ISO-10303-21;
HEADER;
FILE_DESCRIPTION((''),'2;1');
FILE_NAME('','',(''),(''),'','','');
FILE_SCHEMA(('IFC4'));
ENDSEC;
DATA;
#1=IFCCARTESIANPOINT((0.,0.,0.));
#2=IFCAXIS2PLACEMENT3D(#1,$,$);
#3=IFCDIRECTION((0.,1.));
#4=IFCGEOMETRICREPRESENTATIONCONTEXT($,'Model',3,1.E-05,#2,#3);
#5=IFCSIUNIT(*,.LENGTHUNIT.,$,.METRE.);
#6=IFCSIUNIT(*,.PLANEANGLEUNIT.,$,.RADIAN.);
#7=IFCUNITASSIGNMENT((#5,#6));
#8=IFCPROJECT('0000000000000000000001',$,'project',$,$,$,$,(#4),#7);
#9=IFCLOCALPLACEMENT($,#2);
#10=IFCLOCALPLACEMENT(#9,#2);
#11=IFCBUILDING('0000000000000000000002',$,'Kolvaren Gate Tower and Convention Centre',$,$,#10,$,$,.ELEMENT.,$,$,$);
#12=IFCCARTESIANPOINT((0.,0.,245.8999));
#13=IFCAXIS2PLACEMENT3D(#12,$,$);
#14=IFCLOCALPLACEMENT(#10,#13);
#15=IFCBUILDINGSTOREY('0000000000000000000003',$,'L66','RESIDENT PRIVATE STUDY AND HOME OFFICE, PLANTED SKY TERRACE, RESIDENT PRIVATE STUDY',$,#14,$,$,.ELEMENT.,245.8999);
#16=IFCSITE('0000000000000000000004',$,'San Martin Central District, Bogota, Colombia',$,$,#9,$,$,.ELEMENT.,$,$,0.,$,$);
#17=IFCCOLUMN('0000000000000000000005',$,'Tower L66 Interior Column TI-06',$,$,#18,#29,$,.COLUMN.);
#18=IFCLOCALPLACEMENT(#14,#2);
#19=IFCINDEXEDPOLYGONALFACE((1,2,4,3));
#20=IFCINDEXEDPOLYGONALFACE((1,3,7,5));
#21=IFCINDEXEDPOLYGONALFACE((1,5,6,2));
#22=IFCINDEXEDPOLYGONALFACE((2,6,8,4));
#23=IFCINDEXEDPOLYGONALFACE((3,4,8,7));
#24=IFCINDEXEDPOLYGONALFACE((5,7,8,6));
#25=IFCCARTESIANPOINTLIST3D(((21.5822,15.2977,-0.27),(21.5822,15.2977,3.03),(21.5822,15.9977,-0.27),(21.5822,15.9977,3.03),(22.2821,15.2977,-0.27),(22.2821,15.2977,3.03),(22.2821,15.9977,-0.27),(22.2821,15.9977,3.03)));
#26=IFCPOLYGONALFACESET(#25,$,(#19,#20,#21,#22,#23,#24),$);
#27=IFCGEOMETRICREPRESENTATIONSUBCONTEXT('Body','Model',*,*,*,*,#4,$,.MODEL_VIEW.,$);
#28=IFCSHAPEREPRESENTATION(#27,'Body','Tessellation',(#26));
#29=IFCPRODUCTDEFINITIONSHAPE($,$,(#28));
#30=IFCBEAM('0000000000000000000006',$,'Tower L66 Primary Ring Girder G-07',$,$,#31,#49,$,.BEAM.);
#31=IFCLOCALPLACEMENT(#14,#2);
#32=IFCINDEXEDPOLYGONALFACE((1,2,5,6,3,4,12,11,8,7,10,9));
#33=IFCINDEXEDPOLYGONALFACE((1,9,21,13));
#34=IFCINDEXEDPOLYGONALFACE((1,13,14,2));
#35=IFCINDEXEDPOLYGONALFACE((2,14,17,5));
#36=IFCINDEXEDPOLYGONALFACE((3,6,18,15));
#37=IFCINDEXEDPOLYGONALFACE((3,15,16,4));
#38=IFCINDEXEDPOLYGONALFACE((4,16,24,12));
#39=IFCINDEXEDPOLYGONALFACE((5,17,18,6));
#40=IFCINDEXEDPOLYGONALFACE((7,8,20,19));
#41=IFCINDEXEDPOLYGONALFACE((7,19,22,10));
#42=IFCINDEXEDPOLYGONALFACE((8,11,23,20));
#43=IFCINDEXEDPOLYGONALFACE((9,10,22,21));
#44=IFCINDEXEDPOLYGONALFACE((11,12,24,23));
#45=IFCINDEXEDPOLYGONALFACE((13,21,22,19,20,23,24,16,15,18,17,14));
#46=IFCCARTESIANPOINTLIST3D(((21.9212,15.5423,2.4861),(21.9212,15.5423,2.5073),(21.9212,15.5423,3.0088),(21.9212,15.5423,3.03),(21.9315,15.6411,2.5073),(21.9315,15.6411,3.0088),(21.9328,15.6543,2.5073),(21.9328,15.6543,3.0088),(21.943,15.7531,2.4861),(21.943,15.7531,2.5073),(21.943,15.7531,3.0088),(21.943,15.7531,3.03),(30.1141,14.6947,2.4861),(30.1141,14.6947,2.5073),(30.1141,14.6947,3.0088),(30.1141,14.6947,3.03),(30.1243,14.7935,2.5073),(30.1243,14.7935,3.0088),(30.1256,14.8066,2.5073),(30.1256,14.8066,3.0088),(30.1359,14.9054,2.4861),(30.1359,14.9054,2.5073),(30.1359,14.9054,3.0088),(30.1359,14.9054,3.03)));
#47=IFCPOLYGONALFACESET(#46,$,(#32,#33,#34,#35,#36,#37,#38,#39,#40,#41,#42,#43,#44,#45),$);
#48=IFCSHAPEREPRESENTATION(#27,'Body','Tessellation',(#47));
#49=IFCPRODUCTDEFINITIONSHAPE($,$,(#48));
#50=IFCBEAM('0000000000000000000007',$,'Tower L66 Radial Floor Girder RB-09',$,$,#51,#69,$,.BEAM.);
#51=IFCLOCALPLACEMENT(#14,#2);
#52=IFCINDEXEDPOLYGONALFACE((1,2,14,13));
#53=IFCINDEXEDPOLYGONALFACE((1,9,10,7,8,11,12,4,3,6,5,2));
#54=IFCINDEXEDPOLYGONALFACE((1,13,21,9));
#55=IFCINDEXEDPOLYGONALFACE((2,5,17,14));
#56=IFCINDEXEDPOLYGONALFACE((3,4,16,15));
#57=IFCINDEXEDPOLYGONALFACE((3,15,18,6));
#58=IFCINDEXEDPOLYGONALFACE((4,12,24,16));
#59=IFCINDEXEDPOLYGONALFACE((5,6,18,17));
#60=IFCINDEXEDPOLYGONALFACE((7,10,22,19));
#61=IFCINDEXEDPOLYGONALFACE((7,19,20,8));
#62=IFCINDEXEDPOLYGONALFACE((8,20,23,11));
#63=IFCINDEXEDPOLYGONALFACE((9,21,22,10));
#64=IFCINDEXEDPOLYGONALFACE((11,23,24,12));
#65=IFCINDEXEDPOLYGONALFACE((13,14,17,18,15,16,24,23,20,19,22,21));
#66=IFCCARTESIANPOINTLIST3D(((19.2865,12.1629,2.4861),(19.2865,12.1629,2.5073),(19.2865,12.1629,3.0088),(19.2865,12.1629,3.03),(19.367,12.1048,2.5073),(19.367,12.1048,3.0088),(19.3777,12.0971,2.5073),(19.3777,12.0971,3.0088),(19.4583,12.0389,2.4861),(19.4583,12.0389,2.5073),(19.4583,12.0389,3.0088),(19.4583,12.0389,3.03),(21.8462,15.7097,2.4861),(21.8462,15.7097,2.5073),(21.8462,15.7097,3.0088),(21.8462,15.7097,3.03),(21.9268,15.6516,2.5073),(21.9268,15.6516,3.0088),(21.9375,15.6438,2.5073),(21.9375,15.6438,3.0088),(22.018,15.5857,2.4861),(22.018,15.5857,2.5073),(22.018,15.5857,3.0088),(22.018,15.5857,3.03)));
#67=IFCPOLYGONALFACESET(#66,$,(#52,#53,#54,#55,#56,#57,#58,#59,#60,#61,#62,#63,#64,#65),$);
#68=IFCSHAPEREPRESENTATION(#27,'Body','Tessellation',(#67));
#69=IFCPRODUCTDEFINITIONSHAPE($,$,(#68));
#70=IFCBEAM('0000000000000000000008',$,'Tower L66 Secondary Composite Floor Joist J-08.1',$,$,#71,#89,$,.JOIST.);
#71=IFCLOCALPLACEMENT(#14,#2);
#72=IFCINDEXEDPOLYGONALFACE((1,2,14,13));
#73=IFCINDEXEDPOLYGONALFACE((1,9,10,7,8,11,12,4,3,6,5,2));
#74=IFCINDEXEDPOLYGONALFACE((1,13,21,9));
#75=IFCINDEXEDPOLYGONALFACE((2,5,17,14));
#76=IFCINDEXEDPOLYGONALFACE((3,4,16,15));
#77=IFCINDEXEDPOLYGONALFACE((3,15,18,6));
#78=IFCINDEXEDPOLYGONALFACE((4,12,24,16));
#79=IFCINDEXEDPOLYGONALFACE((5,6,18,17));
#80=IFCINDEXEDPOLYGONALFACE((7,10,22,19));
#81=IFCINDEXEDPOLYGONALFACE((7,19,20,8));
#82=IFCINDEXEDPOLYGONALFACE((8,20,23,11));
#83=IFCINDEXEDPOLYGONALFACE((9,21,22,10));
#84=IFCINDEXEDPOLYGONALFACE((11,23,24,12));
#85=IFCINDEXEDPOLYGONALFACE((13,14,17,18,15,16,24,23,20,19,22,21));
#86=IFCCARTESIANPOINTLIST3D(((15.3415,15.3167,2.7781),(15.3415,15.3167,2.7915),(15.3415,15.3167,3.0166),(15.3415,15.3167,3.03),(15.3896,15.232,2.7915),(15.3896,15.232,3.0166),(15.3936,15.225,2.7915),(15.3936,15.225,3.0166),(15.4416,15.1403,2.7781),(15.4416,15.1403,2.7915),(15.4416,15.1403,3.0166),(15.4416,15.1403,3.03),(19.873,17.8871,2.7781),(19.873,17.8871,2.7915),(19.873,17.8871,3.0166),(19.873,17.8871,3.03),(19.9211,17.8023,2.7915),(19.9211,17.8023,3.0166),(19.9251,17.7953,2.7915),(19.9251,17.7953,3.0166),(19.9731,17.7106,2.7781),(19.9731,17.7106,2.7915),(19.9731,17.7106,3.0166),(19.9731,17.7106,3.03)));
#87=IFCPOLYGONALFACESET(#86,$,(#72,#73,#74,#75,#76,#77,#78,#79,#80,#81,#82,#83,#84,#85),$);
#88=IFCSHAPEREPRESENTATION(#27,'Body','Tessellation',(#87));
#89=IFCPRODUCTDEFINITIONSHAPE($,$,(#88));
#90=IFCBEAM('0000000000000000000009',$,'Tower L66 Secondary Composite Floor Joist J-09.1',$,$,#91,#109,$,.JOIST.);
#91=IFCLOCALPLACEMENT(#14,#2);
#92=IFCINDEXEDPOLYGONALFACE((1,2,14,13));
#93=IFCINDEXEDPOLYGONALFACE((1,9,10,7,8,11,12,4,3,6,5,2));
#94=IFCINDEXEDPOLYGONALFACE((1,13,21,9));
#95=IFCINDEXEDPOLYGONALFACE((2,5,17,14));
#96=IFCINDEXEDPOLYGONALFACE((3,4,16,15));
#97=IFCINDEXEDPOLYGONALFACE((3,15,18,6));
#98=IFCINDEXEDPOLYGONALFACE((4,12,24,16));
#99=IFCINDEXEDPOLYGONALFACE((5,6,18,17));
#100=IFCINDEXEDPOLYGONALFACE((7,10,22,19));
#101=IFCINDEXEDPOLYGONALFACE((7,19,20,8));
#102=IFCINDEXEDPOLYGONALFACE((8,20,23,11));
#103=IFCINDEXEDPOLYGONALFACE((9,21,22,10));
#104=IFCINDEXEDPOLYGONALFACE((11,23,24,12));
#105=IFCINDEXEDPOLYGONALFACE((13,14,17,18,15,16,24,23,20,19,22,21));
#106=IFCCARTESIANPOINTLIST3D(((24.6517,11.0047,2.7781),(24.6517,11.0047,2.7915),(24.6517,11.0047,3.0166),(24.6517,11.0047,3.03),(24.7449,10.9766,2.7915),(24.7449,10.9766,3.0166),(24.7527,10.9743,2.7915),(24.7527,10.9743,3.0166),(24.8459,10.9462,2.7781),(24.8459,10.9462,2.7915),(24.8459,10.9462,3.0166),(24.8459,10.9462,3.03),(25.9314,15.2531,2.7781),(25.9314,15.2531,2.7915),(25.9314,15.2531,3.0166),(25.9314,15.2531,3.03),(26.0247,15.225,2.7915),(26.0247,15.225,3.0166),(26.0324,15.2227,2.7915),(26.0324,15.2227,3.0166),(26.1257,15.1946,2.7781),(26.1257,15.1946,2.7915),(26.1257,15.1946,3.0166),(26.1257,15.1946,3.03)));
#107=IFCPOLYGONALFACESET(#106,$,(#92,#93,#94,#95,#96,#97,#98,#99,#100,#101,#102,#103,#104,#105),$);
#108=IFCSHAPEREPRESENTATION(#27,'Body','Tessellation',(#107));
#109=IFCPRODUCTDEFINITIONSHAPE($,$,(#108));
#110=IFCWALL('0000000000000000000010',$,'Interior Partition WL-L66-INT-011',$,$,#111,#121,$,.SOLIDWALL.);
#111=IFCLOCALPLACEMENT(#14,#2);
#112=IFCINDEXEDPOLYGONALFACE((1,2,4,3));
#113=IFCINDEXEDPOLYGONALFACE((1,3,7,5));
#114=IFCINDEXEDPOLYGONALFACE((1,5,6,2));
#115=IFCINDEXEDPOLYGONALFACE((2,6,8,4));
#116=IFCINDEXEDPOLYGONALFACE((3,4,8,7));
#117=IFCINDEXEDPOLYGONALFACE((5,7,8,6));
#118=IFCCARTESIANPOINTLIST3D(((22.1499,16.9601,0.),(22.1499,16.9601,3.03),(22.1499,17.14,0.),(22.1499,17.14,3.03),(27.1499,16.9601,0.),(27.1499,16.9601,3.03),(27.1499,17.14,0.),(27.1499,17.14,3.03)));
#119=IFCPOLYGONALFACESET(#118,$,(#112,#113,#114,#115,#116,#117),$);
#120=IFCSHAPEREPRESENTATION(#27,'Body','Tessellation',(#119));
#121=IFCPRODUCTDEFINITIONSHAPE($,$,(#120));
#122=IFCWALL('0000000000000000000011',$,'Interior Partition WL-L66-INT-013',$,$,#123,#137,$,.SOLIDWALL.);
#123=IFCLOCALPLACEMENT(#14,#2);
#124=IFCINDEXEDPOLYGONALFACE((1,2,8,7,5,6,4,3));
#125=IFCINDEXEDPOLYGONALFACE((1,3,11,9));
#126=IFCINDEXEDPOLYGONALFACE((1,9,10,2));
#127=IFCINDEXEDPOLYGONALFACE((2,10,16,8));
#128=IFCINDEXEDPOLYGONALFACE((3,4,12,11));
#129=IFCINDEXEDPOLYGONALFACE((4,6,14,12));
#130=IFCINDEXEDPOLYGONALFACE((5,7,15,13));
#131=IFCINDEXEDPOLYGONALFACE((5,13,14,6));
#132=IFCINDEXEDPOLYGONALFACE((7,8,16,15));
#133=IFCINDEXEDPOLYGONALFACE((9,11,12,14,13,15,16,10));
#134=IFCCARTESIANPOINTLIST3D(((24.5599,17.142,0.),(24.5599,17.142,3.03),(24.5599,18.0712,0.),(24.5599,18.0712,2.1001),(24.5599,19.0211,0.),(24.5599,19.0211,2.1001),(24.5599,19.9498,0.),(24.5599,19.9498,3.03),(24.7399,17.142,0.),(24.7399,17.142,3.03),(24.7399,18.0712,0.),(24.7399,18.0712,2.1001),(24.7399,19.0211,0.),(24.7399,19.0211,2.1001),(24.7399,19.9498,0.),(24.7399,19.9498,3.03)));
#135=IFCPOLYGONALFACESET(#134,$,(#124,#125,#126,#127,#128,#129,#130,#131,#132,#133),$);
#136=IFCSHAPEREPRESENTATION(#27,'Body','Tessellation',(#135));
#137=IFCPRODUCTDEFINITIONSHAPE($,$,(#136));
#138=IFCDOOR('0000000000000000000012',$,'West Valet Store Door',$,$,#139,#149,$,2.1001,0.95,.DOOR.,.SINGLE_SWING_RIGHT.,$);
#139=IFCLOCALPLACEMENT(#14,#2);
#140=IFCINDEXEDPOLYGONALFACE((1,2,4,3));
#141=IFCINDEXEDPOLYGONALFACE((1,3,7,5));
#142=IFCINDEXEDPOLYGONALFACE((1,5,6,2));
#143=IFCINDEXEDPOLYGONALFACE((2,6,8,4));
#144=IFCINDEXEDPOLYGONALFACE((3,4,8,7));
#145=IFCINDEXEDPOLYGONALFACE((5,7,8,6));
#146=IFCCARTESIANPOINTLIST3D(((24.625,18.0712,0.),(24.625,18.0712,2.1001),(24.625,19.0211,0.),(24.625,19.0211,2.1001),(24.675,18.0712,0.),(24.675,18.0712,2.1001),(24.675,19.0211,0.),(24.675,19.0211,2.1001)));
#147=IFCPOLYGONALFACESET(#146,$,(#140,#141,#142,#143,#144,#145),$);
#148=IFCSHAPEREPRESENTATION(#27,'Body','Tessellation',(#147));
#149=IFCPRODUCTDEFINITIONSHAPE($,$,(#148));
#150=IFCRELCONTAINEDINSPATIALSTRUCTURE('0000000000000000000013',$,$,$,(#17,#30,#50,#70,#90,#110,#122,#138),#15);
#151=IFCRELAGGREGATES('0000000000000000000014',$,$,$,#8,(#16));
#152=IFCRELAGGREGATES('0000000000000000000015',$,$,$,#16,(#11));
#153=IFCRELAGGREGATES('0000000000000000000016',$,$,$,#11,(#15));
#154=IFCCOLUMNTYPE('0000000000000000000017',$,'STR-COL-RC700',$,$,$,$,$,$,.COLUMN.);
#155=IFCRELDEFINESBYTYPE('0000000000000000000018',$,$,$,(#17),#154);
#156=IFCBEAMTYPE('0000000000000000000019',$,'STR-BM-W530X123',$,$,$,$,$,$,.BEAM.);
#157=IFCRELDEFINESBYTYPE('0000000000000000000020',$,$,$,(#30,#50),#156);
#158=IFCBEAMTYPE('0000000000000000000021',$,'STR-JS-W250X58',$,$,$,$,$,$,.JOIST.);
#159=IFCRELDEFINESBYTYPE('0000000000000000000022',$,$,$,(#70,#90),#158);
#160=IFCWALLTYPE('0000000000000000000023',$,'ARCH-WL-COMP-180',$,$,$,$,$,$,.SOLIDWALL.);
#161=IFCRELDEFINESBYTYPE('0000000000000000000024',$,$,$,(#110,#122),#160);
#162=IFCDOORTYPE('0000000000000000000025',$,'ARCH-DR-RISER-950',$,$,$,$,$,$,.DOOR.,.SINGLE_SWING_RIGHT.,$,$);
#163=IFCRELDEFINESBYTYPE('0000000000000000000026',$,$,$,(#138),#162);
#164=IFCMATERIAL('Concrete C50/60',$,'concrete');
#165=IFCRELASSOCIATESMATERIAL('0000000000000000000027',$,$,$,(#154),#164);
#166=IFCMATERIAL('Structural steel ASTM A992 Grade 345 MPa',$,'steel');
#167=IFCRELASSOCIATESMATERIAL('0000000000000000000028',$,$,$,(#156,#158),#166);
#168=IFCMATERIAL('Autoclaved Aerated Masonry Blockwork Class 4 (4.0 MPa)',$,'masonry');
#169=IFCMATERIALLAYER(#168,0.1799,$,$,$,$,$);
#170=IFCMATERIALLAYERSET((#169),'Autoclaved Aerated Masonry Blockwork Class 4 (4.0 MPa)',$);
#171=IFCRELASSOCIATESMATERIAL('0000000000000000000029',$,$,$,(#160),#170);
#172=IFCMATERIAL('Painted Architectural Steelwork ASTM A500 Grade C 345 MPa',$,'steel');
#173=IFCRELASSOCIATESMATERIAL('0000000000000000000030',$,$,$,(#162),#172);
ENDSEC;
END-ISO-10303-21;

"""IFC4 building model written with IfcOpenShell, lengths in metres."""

from ifc_helpers import new_model, si_unit, direction, frame, frame_2d, origin, origin_2d, place, context, subcontext, project, spatial, rectangle, i_section, extrude, material, layer, layer_set, material_profile, profile_set, type_object, element, fill, save


model = new_model("IFC4")

# Units and contexts
model_context = context("Model", 3, precision=1e-05, world=origin(), true_north=direction((0.0, 1.0)))
body_context = subcontext(model_context, "Body", "Model", "MODEL_VIEW")
ifc_project = project(units=[si_unit("LENGTHUNIT", "METRE"), si_unit("PLANEANGLEUNIT", "RADIAN")], contexts=[model_context])

# Site, building, storey
site_placement = place(None, origin())
site = spatial("IfcSite", under=ifc_project, at=site_placement, Name="San Martin Central District, Bogota, Colombia", CompositionType="ELEMENT", RefElevation=0.0)
building_placement = place(site_placement, origin())
building = spatial("IfcBuilding", under=site, at=building_placement, Name="Kolvaren Gate Tower and Convention Centre", CompositionType="ELEMENT")
storey_placement = place(building_placement, frame((0.0, 0.0, 245.8999)))
storey = spatial("IfcBuildingStorey", under=building, at=storey_placement, Name="L66", Description="RESIDENT PRIVATE STUDY AND HOME OFFICE, PLANTED SKY TERRACE, RESIDENT PRIVATE STUDY", CompositionType="ELEMENT", Elevation=245.8999)

# Column
ifc_material_1 = material(Name="Concrete C50/60", Category="concrete")
ifc_material_profile_1 = material_profile(ifc_material_1, rectangle(XDim=0.7, YDim=0.7, at=origin_2d()), Name="RC-COL-700X700")
ifc_profile_set_1 = profile_set([ifc_material_profile_1], Name="Concrete C50/60")
column_type = type_object("IfcColumnType", Name="STR-COL-RC700", PredefinedType="COLUMN", material=ifc_profile_set_1)
column_placement = place(storey_placement, frame((21.9321, 15.6477, -0.27), z_axis=(0.0, 0.0, 1.0), x_axis=(1.0, 0.0, 0.0)))
element("IfcColumn", 1, at=column_placement, inside=storey, type_object=column_type, Name="Tower L66 Interior Column TI-06", PredefinedType="COLUMN", context=body_context, shape_type="SweptSolid", body=[
    extrude(rectangle(XDim=0.7, YDim=0.7, at=origin_2d()), origin(), (0.0, 0.0, 1.0), 3.3),
])

# Beams
ifc_material_2 = material(Name="Structural steel ASTM A992 Grade 345 MPa", Category="steel")
ifc_material_profile_2 = material_profile(ifc_material_2, i_section(OverallWidth=0.2119, OverallDepth=0.5439, WebThickness=0.0132, FlangeThickness=0.0212, at=origin_2d()), Name="W530X123")
ifc_profile_set_2 = profile_set([ifc_material_profile_2], Name="Structural steel ASTM A992 Grade 345 MPa")
beam_type_1 = type_object("IfcBeamType", Name="STR-BM-W530X123", PredefinedType="BEAM", material=ifc_profile_set_2)
beam_1_placement = place(storey_placement, frame((21.9321, 15.6477, 2.7581), z_axis=(0.99469, -0.102913, 0.0), x_axis=(0.102913, 0.99469, 0.0)))
element("IfcBeam", 2, at=beam_1_placement, inside=storey, type_object=beam_type_1, Name="Tower L66 Primary Ring Girder G-07", PredefinedType="BEAM", context=body_context, shape_type="SweptSolid", body=[
    extrude(i_section(OverallWidth=0.2119, OverallDepth=0.5439, WebThickness=0.0132, FlangeThickness=0.0212, at=origin_2d()), origin(), (0.0, 0.0, 1.0), 8.2366),
])
beam_2_placement = place(storey_placement, frame((21.9321, 15.6477, 2.7581), z_axis=(-0.585217, -0.810876, 0.0), x_axis=(0.810876, -0.585217, 0.0)))
element("IfcBeam", 3, at=beam_2_placement, inside=storey, type_object=beam_type_1, Name="Tower L66 Radial Floor Girder RB-09", PredefinedType="BEAM", context=body_context, shape_type="SweptSolid", body=[
    extrude(i_section(OverallWidth=0.2119, OverallDepth=0.5439, WebThickness=0.0132, FlangeThickness=0.0212, at=origin_2d()), origin(), (0.0, 0.0, 1.0), 4.374),
])
ifc_material_profile_3 = material_profile(ifc_material_2, i_section(OverallWidth=0.2029, OverallDepth=0.252, WebThickness=0.0081, FlangeThickness=0.0134, at=origin_2d()), Name="W250X58")
ifc_profile_set_3 = profile_set([ifc_material_profile_3], Name="Structural steel ASTM A992 Grade 345 MPa")
beam_type_2 = type_object("IfcBeamType", Name="STR-JS-W250X58", PredefinedType="JOIST", material=ifc_profile_set_3)
beam_3_placement = place(storey_placement, frame((19.9231, 17.7988, 2.9041), z_axis=(-0.869819, -0.493371, 0.0), x_axis=(0.493371, -0.869819, 0.0)))
element("IfcBeam", 4, at=beam_3_placement, inside=storey, type_object=beam_type_2, Name="Tower L66 Secondary Composite Floor Joist J-08.1", PredefinedType="JOIST", context=body_context, shape_type="SweptSolid", body=[
    extrude(i_section(OverallWidth=0.2029, OverallDepth=0.252, WebThickness=0.0081, FlangeThickness=0.0134, at=origin_2d()), origin(), (0.0, 0.0, 1.0), 5.2097),
])
beam_4_placement = place(storey_placement, frame((26.0286, 15.2239, 2.9041), z_axis=(-0.288428, -0.957502, 0.0), x_axis=(0.957502, -0.288428, 0.0)))
element("IfcBeam", 5, at=beam_4_placement, inside=storey, type_object=beam_type_2, Name="Tower L66 Secondary Composite Floor Joist J-09.1", PredefinedType="JOIST", context=body_context, shape_type="SweptSolid", body=[
    extrude(i_section(OverallWidth=0.2029, OverallDepth=0.252, WebThickness=0.0081, FlangeThickness=0.0134, at=origin_2d()), origin(), (0.0, 0.0, 1.0), 4.437),
])

# Wall
ifc_material_3 = material(Name="Autoclaved Aerated Masonry Blockwork Class 4 (4.0 MPa)", Category="masonry")
ifc_layer_1 = layer(ifc_material_3, 0.1799)
ifc_layer_set_1 = layer_set([ifc_layer_1], Name="Autoclaved Aerated Masonry Blockwork Class 4 (4.0 MPa)")
wall_type_1 = type_object("IfcWallType", Name="ARCH-WL-COMP-180", PredefinedType="SOLIDWALL", material=ifc_layer_set_1)
wall_1_placement = place(storey_placement, frame((22.1499, 17.05, 0.0), z_axis=(0.0, 0.0, 1.0), x_axis=(1.0, 0.0, 0.0)))
element("IfcWall", 6, at=wall_1_placement, inside=storey, type_object=wall_type_1, Name="Interior Partition WL-L66-INT-011", PredefinedType="SOLIDWALL", context=body_context, shape_type="SweptSolid", body=[
    extrude(rectangle(XDim=5.0, YDim=0.1799, at=frame_2d((2.5, 0.0))), origin(), (0.0, 0.0, 1.0), 3.03),
])

# Wall, opening, door
wall_2_placement = place(storey_placement, frame((24.6499, 17.1421, 0.0), z_axis=(0.0, 0.0, 1.0), x_axis=(0.0, 1.0, 0.0)))
wall_2 = element("IfcWall", 7, at=wall_2_placement, inside=storey, type_object=wall_type_1, Name="Interior Partition WL-L66-INT-013", PredefinedType="SOLIDWALL", context=body_context, shape_type="SweptSolid", body=[
    extrude(rectangle(XDim=2.8079, YDim=0.1799, at=frame_2d((1.4038, 0.0))), origin(), (0.0, 0.0, 1.0), 3.03),
])
opening_1_placement = place(wall_2_placement, frame((0.929, 0.0, 0.0)))
opening_1 = element("IfcOpeningElement", 8, at=opening_1_placement, cuts=wall_2, PredefinedType="OPENING", context=body_context, shape_type="SweptSolid", body=[
    extrude(rectangle(XDim=0.95, YDim=2.1001, at=frame_2d((0.4751, 1.05))), frame((0.0, 0.0999, 0.0), z_axis=(0.0, -1.0, 0.0), x_axis=(1.0, 0.0, 0.0)), (0.0, 0.0, 1.0), 0.2),
])
ifc_material_4 = material(Name="Painted Architectural Steelwork ASTM A500 Grade C 345 MPa", Category="steel")
door_type_1 = type_object("IfcDoorType", Name="ARCH-DR-RISER-950", OperationType="SINGLE_SWING_RIGHT", PredefinedType="DOOR", material=ifc_material_4)
door_1_placement = place(opening_1_placement, origin())
door_1 = element("IfcDoor", 9, at=door_1_placement, inside=storey, type_object=door_type_1, Name="West Valet Store Door", OperationType="SINGLE_SWING_RIGHT", OverallHeight=2.1001, OverallWidth=0.95, PredefinedType="DOOR", context=body_context, shape_type="SweptSolid", body=[
    extrude(rectangle(XDim=0.95, YDim=2.1001, at=frame_2d((0.4751, 1.05))), frame((0.0, 0.0249, 0.0), z_axis=(0.0, -1.0, 0.0), x_axis=(1.0, 0.0, 0.0)), (0.0, 0.0, 1.0), 0.05),
])
fill(opening_1, door_1)

save(model, "model.ifc")
